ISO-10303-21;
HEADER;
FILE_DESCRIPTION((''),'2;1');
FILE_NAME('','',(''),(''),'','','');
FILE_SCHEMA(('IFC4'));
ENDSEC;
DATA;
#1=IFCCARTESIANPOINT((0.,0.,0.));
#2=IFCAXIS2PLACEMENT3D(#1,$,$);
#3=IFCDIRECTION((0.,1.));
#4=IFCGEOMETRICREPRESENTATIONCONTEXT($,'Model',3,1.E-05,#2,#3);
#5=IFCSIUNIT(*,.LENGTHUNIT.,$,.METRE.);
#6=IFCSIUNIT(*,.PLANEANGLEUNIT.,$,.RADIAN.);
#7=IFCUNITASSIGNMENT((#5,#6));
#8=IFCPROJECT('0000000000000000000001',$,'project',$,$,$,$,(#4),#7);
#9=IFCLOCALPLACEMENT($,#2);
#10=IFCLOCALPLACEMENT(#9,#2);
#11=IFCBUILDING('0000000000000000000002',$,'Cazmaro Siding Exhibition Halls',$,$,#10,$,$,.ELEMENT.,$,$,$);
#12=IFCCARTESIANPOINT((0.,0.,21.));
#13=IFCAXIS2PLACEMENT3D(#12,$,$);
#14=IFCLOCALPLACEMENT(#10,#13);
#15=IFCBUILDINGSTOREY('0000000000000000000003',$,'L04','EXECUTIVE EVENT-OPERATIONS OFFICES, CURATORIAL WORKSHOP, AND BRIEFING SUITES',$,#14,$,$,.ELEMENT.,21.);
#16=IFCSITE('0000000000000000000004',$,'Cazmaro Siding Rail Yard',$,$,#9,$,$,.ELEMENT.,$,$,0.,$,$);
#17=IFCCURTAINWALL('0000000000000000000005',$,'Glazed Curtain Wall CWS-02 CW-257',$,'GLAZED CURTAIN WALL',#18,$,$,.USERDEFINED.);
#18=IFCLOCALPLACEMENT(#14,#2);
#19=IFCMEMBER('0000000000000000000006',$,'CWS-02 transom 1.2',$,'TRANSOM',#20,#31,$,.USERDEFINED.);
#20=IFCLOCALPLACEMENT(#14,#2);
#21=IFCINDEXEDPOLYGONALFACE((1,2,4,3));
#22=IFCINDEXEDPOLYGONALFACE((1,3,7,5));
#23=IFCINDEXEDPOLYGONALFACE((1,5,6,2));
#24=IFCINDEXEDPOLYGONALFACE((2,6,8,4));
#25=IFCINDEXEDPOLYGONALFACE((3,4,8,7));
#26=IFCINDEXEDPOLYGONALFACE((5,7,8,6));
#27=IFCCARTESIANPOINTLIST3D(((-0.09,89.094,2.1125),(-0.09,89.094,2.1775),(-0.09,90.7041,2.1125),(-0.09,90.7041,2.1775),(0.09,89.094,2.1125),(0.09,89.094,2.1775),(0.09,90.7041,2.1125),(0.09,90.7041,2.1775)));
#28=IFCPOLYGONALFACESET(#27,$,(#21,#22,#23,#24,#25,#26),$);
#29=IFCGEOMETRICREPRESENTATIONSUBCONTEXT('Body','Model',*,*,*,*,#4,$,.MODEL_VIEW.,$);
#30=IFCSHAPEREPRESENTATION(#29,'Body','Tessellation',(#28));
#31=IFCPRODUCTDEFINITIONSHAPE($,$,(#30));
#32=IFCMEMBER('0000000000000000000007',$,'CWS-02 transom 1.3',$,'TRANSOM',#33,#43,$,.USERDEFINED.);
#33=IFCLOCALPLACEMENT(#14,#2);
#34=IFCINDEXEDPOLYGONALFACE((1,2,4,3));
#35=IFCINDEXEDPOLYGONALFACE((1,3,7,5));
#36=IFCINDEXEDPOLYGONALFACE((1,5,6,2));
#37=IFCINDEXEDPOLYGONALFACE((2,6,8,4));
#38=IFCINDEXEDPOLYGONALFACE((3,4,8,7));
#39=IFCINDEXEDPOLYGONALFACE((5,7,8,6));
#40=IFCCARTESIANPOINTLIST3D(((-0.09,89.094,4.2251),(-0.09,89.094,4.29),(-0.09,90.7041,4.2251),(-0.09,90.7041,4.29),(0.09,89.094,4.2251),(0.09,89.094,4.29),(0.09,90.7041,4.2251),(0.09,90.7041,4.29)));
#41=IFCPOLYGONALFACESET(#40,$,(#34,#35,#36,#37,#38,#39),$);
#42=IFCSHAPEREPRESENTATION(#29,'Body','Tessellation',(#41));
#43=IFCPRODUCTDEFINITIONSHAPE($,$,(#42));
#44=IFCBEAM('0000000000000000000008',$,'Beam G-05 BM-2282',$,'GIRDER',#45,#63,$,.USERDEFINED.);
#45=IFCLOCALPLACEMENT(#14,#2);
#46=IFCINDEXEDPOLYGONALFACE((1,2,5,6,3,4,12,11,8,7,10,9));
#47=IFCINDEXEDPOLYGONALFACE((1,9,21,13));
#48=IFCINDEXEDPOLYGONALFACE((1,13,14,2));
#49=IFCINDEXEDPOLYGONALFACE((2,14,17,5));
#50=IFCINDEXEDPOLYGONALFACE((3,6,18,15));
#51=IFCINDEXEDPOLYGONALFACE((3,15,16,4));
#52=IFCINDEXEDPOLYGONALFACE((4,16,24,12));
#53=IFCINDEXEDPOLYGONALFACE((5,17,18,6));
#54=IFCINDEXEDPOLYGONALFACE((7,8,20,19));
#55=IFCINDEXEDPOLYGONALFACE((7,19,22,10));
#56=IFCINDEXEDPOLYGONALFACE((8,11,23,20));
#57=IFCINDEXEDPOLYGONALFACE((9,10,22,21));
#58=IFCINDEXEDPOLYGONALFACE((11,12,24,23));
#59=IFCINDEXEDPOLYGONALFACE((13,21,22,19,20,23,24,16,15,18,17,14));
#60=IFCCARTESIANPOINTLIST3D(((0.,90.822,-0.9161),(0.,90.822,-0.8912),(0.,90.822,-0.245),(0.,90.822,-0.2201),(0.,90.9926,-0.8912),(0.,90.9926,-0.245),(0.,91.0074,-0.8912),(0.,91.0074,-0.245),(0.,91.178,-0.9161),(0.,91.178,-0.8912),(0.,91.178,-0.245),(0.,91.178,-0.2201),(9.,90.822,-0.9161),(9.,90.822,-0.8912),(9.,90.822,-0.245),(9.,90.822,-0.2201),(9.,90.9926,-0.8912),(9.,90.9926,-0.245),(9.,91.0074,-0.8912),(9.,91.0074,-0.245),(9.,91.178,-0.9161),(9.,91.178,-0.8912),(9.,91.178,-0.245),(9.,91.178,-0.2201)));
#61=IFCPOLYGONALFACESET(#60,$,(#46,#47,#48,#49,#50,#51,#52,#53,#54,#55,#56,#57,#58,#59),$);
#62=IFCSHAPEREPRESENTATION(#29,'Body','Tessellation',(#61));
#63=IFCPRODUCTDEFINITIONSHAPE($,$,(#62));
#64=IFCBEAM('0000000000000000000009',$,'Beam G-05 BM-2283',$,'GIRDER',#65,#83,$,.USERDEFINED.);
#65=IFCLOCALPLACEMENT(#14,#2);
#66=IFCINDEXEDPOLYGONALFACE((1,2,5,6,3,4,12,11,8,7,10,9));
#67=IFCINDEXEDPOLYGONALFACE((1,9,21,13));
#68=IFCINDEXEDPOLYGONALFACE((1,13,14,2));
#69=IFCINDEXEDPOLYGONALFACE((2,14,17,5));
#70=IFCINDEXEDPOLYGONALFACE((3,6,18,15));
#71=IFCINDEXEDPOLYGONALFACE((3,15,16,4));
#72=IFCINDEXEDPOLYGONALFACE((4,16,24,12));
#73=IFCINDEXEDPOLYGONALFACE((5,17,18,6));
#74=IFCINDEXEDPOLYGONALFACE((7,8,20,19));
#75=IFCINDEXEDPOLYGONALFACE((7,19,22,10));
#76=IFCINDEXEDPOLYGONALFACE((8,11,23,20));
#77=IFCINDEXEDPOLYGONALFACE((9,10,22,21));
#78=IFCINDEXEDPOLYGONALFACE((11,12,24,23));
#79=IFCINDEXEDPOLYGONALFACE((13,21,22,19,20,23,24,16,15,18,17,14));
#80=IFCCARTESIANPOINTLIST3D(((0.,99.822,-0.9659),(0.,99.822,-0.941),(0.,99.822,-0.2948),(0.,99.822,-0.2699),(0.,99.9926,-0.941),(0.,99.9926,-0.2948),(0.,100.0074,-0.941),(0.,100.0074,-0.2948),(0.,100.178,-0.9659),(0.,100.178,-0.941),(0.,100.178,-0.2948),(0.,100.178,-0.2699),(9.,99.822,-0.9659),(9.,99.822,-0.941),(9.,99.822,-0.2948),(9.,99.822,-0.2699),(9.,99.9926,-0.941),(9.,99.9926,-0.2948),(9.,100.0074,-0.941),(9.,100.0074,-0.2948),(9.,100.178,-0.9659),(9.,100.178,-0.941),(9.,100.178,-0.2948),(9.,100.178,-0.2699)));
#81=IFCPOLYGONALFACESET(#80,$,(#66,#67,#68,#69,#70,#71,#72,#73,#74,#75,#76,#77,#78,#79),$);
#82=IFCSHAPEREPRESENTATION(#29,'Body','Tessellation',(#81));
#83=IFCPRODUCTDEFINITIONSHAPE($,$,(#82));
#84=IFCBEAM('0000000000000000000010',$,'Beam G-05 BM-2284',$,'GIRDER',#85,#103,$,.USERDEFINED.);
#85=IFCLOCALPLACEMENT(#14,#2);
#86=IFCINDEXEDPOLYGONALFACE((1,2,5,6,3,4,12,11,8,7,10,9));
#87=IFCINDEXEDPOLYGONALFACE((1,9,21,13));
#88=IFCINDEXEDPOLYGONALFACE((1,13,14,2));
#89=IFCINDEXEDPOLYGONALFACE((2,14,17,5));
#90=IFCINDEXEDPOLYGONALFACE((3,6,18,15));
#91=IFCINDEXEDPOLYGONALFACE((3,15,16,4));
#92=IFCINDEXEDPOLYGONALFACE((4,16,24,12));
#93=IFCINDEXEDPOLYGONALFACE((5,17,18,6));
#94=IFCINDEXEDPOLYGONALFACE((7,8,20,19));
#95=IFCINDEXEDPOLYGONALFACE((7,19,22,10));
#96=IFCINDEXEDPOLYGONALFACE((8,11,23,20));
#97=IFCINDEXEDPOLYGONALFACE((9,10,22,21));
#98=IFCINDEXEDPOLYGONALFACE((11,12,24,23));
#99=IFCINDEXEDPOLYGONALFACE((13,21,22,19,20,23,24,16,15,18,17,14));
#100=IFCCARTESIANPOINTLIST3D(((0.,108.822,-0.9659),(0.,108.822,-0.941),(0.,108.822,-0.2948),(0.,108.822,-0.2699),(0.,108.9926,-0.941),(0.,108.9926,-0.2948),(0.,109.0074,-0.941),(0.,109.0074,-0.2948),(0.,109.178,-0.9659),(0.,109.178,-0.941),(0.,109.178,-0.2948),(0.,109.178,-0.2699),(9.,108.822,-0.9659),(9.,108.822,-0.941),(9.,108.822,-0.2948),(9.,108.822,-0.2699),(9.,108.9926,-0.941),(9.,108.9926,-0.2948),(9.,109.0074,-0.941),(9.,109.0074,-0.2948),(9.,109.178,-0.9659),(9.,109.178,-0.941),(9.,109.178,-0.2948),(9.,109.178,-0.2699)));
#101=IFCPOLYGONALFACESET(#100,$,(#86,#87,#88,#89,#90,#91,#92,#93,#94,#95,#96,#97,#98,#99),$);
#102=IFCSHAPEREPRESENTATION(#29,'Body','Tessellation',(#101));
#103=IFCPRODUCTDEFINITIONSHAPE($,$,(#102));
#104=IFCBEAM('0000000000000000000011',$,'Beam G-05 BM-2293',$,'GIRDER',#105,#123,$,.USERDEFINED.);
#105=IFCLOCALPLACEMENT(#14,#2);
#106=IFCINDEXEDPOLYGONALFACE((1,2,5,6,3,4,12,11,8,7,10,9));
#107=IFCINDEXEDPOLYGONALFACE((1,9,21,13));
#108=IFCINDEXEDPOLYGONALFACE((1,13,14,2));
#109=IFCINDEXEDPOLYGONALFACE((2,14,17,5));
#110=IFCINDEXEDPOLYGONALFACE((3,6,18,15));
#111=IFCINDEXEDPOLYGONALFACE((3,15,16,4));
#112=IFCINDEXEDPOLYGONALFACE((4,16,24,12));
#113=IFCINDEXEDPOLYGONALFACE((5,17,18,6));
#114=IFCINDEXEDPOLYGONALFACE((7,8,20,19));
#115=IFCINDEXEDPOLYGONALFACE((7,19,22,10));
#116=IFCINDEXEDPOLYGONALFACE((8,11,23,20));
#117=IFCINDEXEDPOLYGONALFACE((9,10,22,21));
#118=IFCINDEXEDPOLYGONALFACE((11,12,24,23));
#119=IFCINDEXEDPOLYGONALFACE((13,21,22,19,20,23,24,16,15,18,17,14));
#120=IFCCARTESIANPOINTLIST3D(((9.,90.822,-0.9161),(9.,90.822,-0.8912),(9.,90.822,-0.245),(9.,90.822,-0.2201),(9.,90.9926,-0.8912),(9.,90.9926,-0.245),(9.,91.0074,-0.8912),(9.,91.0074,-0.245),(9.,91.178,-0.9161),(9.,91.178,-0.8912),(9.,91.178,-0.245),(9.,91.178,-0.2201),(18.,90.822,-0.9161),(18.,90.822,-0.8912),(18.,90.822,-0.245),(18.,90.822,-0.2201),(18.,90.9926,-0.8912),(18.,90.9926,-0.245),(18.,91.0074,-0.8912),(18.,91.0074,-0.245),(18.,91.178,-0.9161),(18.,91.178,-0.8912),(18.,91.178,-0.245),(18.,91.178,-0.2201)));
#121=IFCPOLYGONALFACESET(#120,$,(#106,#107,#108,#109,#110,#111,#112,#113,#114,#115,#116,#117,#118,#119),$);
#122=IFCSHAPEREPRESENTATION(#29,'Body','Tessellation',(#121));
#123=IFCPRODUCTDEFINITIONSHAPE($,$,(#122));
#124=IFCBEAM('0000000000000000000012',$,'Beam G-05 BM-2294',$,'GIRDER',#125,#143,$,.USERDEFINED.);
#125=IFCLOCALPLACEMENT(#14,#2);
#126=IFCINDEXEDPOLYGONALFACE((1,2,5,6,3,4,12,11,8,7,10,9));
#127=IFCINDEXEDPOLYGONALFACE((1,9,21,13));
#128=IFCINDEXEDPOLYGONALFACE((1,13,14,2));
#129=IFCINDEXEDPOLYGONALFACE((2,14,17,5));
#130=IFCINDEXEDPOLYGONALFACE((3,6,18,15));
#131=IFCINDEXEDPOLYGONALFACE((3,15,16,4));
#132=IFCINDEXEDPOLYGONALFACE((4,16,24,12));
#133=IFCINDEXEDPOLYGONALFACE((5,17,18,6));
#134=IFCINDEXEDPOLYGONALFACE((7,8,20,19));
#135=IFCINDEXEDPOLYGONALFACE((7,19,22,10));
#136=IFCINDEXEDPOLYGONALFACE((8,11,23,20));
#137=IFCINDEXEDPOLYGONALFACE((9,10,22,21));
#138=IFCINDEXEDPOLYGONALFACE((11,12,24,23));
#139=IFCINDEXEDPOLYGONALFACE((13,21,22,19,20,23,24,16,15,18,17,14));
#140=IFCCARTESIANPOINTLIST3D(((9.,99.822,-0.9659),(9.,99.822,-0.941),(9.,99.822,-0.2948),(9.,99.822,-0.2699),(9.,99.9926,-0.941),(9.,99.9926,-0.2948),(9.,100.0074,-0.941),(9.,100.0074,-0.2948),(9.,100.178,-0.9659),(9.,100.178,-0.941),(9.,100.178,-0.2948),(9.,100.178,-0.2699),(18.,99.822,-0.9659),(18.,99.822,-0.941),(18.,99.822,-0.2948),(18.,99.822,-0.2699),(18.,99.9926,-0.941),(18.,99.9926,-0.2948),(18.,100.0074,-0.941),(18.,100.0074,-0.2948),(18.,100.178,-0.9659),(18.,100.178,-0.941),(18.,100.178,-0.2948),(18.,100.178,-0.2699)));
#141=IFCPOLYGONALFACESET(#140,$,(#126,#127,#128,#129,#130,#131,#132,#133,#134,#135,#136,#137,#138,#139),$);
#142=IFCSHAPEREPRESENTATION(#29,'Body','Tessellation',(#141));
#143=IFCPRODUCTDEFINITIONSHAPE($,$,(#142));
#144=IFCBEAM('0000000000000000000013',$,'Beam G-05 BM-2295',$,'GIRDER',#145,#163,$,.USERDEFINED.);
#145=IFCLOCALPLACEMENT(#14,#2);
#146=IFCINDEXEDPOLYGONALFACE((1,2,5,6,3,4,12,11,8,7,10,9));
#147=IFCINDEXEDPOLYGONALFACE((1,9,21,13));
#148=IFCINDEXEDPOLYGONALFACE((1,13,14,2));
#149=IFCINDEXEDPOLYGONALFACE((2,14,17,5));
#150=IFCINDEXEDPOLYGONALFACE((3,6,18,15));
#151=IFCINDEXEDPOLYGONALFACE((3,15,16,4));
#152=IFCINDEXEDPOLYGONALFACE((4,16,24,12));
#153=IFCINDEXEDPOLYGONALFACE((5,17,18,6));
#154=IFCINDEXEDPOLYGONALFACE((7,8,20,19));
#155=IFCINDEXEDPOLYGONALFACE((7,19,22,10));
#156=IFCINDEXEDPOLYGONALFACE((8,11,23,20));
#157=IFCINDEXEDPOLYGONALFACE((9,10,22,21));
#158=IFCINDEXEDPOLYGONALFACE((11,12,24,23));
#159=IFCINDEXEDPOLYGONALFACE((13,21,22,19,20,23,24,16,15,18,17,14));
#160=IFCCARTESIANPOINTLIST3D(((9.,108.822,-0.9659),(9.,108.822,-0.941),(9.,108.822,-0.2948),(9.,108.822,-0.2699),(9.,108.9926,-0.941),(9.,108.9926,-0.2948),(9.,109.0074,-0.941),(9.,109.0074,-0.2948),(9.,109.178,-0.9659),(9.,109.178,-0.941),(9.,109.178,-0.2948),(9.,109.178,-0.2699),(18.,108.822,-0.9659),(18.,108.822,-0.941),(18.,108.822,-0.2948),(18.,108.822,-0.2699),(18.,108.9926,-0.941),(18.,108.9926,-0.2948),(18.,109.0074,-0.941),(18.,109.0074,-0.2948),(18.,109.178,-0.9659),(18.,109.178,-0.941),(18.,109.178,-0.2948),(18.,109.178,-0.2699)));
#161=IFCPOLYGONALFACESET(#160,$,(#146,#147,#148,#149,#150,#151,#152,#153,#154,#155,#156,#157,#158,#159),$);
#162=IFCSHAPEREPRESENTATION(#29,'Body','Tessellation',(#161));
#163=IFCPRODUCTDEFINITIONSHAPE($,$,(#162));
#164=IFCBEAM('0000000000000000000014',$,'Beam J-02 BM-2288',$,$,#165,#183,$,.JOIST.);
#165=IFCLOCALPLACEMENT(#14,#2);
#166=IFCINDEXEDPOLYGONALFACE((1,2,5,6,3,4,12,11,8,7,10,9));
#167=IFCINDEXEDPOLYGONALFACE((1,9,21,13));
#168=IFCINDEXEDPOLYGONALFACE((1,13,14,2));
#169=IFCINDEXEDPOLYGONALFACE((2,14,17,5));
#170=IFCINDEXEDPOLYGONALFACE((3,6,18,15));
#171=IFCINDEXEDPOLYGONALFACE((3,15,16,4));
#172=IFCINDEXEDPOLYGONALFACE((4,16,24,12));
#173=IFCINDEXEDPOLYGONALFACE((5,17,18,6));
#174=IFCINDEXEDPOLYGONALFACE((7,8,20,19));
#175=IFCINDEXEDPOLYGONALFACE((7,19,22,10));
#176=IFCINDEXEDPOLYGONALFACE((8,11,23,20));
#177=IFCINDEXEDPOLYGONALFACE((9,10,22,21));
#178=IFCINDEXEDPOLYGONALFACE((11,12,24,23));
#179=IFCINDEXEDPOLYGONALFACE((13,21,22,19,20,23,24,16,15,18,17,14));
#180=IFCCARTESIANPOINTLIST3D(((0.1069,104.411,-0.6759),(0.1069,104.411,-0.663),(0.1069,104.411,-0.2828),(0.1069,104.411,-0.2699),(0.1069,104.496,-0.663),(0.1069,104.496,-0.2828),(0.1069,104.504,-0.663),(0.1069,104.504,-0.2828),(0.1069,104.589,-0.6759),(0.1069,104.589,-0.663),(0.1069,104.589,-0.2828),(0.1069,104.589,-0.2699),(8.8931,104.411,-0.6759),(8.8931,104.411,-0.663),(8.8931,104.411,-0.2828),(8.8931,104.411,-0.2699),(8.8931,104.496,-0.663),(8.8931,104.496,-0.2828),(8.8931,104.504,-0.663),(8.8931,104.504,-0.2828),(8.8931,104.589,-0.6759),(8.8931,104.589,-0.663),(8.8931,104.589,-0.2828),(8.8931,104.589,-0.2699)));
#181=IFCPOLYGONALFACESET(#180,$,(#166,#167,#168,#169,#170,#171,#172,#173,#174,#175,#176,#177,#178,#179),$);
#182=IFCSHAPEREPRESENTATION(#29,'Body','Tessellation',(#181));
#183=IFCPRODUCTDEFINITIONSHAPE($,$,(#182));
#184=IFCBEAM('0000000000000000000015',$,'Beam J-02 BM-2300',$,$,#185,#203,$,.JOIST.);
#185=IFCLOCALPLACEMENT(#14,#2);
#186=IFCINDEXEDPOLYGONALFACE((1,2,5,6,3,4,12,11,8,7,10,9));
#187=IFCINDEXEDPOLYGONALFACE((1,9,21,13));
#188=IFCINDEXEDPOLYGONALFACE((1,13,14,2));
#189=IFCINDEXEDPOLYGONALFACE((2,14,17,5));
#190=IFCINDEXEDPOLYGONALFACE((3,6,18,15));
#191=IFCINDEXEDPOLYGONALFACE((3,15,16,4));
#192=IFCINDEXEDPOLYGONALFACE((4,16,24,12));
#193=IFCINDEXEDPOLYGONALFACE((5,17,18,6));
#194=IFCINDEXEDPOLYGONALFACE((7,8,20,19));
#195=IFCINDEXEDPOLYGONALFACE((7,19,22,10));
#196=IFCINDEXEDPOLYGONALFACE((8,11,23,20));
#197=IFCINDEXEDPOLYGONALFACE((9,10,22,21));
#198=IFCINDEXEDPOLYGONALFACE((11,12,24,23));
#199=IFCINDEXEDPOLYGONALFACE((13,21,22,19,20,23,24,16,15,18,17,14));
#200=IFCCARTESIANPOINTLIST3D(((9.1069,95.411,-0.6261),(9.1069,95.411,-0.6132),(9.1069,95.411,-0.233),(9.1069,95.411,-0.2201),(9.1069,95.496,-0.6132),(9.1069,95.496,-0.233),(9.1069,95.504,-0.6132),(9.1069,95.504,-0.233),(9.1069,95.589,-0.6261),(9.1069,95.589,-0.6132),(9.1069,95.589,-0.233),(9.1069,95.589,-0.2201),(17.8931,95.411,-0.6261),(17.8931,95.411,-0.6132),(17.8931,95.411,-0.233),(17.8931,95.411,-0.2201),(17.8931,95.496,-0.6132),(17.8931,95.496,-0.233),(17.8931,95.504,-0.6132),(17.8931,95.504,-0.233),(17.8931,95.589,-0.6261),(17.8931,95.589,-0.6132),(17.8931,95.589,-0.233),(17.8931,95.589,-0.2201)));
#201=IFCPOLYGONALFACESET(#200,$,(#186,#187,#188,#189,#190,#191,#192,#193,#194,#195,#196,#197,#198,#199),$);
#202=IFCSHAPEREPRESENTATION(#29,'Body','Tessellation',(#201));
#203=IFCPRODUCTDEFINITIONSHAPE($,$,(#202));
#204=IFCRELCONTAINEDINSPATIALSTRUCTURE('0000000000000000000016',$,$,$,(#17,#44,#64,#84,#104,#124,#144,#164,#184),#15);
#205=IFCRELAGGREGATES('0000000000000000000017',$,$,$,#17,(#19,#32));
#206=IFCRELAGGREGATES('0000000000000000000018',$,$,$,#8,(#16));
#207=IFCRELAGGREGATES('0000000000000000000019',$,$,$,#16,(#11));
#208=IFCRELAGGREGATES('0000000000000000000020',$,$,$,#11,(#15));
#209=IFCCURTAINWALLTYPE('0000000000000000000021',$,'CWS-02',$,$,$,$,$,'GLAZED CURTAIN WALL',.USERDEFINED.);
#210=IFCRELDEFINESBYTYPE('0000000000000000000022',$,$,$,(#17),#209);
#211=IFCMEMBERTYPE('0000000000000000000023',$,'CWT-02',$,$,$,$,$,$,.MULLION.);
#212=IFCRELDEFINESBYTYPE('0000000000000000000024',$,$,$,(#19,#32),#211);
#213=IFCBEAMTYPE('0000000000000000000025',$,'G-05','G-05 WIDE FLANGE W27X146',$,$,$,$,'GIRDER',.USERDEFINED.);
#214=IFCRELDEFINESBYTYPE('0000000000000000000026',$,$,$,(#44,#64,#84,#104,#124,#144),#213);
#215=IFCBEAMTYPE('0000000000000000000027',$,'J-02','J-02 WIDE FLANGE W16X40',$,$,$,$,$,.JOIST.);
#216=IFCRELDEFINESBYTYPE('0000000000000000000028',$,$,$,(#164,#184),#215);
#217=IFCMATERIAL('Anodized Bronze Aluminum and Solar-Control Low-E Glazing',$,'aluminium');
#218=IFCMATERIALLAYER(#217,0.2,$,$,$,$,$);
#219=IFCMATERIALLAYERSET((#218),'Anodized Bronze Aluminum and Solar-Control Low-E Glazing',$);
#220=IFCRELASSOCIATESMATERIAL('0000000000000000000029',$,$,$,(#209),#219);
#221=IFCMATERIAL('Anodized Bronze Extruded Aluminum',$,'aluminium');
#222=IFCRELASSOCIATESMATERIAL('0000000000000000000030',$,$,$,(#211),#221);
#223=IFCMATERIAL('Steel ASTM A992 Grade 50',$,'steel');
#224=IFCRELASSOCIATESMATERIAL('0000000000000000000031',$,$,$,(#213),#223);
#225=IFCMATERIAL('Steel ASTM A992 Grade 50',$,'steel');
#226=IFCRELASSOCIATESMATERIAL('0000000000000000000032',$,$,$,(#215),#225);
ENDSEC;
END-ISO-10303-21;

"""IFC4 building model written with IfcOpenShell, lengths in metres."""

from ifc_helpers import new_model, si_unit, direction, frame, origin, origin_2d, place, context, subcontext, project, spatial, rectangle, i_section, extrude, material, layer, layer_set, material_profile, profile_set, type_object, element, aggregate, save


model = new_model("IFC4")

# Units and contexts
model_context = context("Model", 3, precision=1e-05, world=origin(), true_north=direction((0.0, 1.0)))
body_context = subcontext(model_context, "Body", "Model", "MODEL_VIEW")
ifc_project = project(units=[si_unit("LENGTHUNIT", "METRE"), si_unit("PLANEANGLEUNIT", "RADIAN")], contexts=[model_context])

# Site, building, storey
site_placement = place(None, origin())
site = spatial("IfcSite", under=ifc_project, at=site_placement, Name="Cazmaro Siding Rail Yard", CompositionType="ELEMENT", RefElevation=0.0)
building_placement = place(site_placement, origin())
building = spatial("IfcBuilding", under=site, at=building_placement, Name="Cazmaro Siding Exhibition Halls", CompositionType="ELEMENT")
storey_placement = place(building_placement, frame((0.0, 0.0, 21.0)))
storey = spatial("IfcBuildingStorey", under=building, at=storey_placement, Name="L04", Description="EXECUTIVE EVENT-OPERATIONS OFFICES, CURATORIAL WORKSHOP, AND BRIEFING SUITES", CompositionType="ELEMENT", Elevation=21.0)

# Curtain wall, members
ifc_material_1 = material(Name="Anodized Bronze Aluminum and Solar-Control Low-E Glazing", Category="aluminium")
ifc_layer_1 = layer(ifc_material_1, 0.2)
ifc_layer_set_1 = layer_set([ifc_layer_1], Name="Anodized Bronze Aluminum and Solar-Control Low-E Glazing")
curtain_wall_type = type_object("IfcCurtainWallType", Name="CWS-02", ElementType="GLAZED CURTAIN WALL", PredefinedType="USERDEFINED", material=ifc_layer_set_1)
curtain_wall_placement = place(storey_placement, origin())
curtain_wall = element("IfcCurtainWall", 1, at=curtain_wall_placement, inside=storey, type_object=curtain_wall_type, Name="Glazed Curtain Wall CWS-02 CW-257", ObjectType="GLAZED CURTAIN WALL", PredefinedType="USERDEFINED")
ifc_material_2 = material(Name="Anodized Bronze Extruded Aluminum", Category="aluminium")
ifc_material_profile_1 = material_profile(ifc_material_2, rectangle(XDim=0.1799, YDim=0.0649, at=origin_2d()), Name="CWT-02")
ifc_profile_set_1 = profile_set([ifc_material_profile_1], Name="Anodized Bronze Extruded Aluminum")
member_type_1 = type_object("IfcMemberType", Name="CWT-02", PredefinedType="MULLION", material=ifc_profile_set_1)
member_1_placement = place(storey_placement, frame((0.0, 90.7041, 2.145), z_axis=(0.0, -1.0, 0.0), x_axis=(1.0, 0.0, 0.0)))
member_1 = element("IfcMember", 2, at=member_1_placement, type_object=member_type_1, Name="CWS-02 transom 1.2", ObjectType="TRANSOM", PredefinedType="USERDEFINED", context=body_context, shape_type="SweptSolid", body=[
    extrude(rectangle(XDim=0.1799, YDim=0.0649, at=origin_2d()), origin(), (0.0, 0.0, 1.0), 1.6101),
])
member_2_placement = place(storey_placement, frame((0.0, 90.7041, 4.2576), z_axis=(0.0, -1.0, 0.0), x_axis=(1.0, 0.0, 0.0)))
member_2 = element("IfcMember", 3, at=member_2_placement, type_object=member_type_1, Name="CWS-02 transom 1.3", ObjectType="TRANSOM", PredefinedType="USERDEFINED", context=body_context, shape_type="SweptSolid", body=[
    extrude(rectangle(XDim=0.1799, YDim=0.0649, at=origin_2d()), origin(), (0.0, 0.0, 1.0), 1.6101),
])

# Beams
ifc_material_3 = material(Name="Steel ASTM A992 Grade 50", Category="steel")
ifc_material_profile_2 = material_profile(ifc_material_3, i_section(OverallWidth=0.356, OverallDepth=0.696, WebThickness=0.0149, FlangeThickness=0.0249, at=origin_2d()), Name="W27X146")
ifc_profile_set_2 = profile_set([ifc_material_profile_2], Name="Steel ASTM A992 Grade 50")
beam_type_1 = type_object("IfcBeamType", Name="G-05", Description="G-05 WIDE FLANGE W27X146", ElementType="GIRDER", PredefinedType="USERDEFINED", material=ifc_profile_set_2)
for number, where, z_axis, x_axis, name in (
    (4, (0.0, 91.0, -0.5681), (1.0, 0.0, 0.0), (0.0, 1.0, 0.0), "Beam G-05 BM-2282"),
    (5, (0.0, 100.0, -0.6179), (1.0, 0.0, 0.0), (0.0, 1.0, 0.0), "Beam G-05 BM-2283"),
    (6, (0.0, 109.0, -0.6179), (1.0, 0.0, 0.0), (0.0, 1.0, 0.0), "Beam G-05 BM-2284"),
    (7, (9.0, 91.0, -0.5681), (1.0, 0.0, 0.0), (0.0, 1.0, 0.0), "Beam G-05 BM-2293"),
    (8, (9.0, 100.0, -0.6179), (1.0, 0.0, 0.0), (0.0, 1.0, 0.0), "Beam G-05 BM-2294"),
    (9, (9.0, 109.0, -0.6179), (1.0, 0.0, 0.0), (0.0, 1.0, 0.0), "Beam G-05 BM-2295"),
):
    element("IfcBeam", number, at=place(storey_placement, frame(where, z_axis=z_axis, x_axis=x_axis)), inside=storey, type_object=beam_type_1, Name=name, ObjectType="GIRDER", PredefinedType="USERDEFINED", context=body_context, shape_type="SweptSolid", body=[
        extrude(i_section(OverallWidth=0.356, OverallDepth=0.696, WebThickness=0.0149, FlangeThickness=0.0249, at=origin_2d()), origin(), (0.0, 0.0, 1.0), 9.0),
    ])
ifc_material_4 = material(Name="Steel ASTM A992 Grade 50", Category="steel")
ifc_material_profile_3 = material_profile(ifc_material_4, i_section(OverallWidth=0.178, OverallDepth=0.406, WebThickness=0.0081, FlangeThickness=0.0129, at=origin_2d()), Name="W16X40")
ifc_profile_set_3 = profile_set([ifc_material_profile_3], Name="Steel ASTM A992 Grade 50")
beam_type_2 = type_object("IfcBeamType", Name="J-02", Description="J-02 WIDE FLANGE W16X40", PredefinedType="JOIST", material=ifc_profile_set_3)
for number, where, z_axis, x_axis, name in (
    (10, (0.1069, 104.5, -0.4729), (1.0, 0.0, 0.0), (0.0, 1.0, 0.0), "Beam J-02 BM-2288"),
    (11, (9.1069, 95.5, -0.4231), (1.0, 0.0, 0.0), (0.0, 1.0, 0.0), "Beam J-02 BM-2300"),
):
    element("IfcBeam", number, at=place(storey_placement, frame(where, z_axis=z_axis, x_axis=x_axis)), inside=storey, type_object=beam_type_2, Name=name, PredefinedType="JOIST", context=body_context, shape_type="SweptSolid", body=[
        extrude(i_section(OverallWidth=0.178, OverallDepth=0.406, WebThickness=0.0081, FlangeThickness=0.0129, at=origin_2d()), origin(), (0.0, 0.0, 1.0), 8.7861),
    ])

aggregate(curtain_wall, [member_1, member_2])

save(model, "model.ifc")
